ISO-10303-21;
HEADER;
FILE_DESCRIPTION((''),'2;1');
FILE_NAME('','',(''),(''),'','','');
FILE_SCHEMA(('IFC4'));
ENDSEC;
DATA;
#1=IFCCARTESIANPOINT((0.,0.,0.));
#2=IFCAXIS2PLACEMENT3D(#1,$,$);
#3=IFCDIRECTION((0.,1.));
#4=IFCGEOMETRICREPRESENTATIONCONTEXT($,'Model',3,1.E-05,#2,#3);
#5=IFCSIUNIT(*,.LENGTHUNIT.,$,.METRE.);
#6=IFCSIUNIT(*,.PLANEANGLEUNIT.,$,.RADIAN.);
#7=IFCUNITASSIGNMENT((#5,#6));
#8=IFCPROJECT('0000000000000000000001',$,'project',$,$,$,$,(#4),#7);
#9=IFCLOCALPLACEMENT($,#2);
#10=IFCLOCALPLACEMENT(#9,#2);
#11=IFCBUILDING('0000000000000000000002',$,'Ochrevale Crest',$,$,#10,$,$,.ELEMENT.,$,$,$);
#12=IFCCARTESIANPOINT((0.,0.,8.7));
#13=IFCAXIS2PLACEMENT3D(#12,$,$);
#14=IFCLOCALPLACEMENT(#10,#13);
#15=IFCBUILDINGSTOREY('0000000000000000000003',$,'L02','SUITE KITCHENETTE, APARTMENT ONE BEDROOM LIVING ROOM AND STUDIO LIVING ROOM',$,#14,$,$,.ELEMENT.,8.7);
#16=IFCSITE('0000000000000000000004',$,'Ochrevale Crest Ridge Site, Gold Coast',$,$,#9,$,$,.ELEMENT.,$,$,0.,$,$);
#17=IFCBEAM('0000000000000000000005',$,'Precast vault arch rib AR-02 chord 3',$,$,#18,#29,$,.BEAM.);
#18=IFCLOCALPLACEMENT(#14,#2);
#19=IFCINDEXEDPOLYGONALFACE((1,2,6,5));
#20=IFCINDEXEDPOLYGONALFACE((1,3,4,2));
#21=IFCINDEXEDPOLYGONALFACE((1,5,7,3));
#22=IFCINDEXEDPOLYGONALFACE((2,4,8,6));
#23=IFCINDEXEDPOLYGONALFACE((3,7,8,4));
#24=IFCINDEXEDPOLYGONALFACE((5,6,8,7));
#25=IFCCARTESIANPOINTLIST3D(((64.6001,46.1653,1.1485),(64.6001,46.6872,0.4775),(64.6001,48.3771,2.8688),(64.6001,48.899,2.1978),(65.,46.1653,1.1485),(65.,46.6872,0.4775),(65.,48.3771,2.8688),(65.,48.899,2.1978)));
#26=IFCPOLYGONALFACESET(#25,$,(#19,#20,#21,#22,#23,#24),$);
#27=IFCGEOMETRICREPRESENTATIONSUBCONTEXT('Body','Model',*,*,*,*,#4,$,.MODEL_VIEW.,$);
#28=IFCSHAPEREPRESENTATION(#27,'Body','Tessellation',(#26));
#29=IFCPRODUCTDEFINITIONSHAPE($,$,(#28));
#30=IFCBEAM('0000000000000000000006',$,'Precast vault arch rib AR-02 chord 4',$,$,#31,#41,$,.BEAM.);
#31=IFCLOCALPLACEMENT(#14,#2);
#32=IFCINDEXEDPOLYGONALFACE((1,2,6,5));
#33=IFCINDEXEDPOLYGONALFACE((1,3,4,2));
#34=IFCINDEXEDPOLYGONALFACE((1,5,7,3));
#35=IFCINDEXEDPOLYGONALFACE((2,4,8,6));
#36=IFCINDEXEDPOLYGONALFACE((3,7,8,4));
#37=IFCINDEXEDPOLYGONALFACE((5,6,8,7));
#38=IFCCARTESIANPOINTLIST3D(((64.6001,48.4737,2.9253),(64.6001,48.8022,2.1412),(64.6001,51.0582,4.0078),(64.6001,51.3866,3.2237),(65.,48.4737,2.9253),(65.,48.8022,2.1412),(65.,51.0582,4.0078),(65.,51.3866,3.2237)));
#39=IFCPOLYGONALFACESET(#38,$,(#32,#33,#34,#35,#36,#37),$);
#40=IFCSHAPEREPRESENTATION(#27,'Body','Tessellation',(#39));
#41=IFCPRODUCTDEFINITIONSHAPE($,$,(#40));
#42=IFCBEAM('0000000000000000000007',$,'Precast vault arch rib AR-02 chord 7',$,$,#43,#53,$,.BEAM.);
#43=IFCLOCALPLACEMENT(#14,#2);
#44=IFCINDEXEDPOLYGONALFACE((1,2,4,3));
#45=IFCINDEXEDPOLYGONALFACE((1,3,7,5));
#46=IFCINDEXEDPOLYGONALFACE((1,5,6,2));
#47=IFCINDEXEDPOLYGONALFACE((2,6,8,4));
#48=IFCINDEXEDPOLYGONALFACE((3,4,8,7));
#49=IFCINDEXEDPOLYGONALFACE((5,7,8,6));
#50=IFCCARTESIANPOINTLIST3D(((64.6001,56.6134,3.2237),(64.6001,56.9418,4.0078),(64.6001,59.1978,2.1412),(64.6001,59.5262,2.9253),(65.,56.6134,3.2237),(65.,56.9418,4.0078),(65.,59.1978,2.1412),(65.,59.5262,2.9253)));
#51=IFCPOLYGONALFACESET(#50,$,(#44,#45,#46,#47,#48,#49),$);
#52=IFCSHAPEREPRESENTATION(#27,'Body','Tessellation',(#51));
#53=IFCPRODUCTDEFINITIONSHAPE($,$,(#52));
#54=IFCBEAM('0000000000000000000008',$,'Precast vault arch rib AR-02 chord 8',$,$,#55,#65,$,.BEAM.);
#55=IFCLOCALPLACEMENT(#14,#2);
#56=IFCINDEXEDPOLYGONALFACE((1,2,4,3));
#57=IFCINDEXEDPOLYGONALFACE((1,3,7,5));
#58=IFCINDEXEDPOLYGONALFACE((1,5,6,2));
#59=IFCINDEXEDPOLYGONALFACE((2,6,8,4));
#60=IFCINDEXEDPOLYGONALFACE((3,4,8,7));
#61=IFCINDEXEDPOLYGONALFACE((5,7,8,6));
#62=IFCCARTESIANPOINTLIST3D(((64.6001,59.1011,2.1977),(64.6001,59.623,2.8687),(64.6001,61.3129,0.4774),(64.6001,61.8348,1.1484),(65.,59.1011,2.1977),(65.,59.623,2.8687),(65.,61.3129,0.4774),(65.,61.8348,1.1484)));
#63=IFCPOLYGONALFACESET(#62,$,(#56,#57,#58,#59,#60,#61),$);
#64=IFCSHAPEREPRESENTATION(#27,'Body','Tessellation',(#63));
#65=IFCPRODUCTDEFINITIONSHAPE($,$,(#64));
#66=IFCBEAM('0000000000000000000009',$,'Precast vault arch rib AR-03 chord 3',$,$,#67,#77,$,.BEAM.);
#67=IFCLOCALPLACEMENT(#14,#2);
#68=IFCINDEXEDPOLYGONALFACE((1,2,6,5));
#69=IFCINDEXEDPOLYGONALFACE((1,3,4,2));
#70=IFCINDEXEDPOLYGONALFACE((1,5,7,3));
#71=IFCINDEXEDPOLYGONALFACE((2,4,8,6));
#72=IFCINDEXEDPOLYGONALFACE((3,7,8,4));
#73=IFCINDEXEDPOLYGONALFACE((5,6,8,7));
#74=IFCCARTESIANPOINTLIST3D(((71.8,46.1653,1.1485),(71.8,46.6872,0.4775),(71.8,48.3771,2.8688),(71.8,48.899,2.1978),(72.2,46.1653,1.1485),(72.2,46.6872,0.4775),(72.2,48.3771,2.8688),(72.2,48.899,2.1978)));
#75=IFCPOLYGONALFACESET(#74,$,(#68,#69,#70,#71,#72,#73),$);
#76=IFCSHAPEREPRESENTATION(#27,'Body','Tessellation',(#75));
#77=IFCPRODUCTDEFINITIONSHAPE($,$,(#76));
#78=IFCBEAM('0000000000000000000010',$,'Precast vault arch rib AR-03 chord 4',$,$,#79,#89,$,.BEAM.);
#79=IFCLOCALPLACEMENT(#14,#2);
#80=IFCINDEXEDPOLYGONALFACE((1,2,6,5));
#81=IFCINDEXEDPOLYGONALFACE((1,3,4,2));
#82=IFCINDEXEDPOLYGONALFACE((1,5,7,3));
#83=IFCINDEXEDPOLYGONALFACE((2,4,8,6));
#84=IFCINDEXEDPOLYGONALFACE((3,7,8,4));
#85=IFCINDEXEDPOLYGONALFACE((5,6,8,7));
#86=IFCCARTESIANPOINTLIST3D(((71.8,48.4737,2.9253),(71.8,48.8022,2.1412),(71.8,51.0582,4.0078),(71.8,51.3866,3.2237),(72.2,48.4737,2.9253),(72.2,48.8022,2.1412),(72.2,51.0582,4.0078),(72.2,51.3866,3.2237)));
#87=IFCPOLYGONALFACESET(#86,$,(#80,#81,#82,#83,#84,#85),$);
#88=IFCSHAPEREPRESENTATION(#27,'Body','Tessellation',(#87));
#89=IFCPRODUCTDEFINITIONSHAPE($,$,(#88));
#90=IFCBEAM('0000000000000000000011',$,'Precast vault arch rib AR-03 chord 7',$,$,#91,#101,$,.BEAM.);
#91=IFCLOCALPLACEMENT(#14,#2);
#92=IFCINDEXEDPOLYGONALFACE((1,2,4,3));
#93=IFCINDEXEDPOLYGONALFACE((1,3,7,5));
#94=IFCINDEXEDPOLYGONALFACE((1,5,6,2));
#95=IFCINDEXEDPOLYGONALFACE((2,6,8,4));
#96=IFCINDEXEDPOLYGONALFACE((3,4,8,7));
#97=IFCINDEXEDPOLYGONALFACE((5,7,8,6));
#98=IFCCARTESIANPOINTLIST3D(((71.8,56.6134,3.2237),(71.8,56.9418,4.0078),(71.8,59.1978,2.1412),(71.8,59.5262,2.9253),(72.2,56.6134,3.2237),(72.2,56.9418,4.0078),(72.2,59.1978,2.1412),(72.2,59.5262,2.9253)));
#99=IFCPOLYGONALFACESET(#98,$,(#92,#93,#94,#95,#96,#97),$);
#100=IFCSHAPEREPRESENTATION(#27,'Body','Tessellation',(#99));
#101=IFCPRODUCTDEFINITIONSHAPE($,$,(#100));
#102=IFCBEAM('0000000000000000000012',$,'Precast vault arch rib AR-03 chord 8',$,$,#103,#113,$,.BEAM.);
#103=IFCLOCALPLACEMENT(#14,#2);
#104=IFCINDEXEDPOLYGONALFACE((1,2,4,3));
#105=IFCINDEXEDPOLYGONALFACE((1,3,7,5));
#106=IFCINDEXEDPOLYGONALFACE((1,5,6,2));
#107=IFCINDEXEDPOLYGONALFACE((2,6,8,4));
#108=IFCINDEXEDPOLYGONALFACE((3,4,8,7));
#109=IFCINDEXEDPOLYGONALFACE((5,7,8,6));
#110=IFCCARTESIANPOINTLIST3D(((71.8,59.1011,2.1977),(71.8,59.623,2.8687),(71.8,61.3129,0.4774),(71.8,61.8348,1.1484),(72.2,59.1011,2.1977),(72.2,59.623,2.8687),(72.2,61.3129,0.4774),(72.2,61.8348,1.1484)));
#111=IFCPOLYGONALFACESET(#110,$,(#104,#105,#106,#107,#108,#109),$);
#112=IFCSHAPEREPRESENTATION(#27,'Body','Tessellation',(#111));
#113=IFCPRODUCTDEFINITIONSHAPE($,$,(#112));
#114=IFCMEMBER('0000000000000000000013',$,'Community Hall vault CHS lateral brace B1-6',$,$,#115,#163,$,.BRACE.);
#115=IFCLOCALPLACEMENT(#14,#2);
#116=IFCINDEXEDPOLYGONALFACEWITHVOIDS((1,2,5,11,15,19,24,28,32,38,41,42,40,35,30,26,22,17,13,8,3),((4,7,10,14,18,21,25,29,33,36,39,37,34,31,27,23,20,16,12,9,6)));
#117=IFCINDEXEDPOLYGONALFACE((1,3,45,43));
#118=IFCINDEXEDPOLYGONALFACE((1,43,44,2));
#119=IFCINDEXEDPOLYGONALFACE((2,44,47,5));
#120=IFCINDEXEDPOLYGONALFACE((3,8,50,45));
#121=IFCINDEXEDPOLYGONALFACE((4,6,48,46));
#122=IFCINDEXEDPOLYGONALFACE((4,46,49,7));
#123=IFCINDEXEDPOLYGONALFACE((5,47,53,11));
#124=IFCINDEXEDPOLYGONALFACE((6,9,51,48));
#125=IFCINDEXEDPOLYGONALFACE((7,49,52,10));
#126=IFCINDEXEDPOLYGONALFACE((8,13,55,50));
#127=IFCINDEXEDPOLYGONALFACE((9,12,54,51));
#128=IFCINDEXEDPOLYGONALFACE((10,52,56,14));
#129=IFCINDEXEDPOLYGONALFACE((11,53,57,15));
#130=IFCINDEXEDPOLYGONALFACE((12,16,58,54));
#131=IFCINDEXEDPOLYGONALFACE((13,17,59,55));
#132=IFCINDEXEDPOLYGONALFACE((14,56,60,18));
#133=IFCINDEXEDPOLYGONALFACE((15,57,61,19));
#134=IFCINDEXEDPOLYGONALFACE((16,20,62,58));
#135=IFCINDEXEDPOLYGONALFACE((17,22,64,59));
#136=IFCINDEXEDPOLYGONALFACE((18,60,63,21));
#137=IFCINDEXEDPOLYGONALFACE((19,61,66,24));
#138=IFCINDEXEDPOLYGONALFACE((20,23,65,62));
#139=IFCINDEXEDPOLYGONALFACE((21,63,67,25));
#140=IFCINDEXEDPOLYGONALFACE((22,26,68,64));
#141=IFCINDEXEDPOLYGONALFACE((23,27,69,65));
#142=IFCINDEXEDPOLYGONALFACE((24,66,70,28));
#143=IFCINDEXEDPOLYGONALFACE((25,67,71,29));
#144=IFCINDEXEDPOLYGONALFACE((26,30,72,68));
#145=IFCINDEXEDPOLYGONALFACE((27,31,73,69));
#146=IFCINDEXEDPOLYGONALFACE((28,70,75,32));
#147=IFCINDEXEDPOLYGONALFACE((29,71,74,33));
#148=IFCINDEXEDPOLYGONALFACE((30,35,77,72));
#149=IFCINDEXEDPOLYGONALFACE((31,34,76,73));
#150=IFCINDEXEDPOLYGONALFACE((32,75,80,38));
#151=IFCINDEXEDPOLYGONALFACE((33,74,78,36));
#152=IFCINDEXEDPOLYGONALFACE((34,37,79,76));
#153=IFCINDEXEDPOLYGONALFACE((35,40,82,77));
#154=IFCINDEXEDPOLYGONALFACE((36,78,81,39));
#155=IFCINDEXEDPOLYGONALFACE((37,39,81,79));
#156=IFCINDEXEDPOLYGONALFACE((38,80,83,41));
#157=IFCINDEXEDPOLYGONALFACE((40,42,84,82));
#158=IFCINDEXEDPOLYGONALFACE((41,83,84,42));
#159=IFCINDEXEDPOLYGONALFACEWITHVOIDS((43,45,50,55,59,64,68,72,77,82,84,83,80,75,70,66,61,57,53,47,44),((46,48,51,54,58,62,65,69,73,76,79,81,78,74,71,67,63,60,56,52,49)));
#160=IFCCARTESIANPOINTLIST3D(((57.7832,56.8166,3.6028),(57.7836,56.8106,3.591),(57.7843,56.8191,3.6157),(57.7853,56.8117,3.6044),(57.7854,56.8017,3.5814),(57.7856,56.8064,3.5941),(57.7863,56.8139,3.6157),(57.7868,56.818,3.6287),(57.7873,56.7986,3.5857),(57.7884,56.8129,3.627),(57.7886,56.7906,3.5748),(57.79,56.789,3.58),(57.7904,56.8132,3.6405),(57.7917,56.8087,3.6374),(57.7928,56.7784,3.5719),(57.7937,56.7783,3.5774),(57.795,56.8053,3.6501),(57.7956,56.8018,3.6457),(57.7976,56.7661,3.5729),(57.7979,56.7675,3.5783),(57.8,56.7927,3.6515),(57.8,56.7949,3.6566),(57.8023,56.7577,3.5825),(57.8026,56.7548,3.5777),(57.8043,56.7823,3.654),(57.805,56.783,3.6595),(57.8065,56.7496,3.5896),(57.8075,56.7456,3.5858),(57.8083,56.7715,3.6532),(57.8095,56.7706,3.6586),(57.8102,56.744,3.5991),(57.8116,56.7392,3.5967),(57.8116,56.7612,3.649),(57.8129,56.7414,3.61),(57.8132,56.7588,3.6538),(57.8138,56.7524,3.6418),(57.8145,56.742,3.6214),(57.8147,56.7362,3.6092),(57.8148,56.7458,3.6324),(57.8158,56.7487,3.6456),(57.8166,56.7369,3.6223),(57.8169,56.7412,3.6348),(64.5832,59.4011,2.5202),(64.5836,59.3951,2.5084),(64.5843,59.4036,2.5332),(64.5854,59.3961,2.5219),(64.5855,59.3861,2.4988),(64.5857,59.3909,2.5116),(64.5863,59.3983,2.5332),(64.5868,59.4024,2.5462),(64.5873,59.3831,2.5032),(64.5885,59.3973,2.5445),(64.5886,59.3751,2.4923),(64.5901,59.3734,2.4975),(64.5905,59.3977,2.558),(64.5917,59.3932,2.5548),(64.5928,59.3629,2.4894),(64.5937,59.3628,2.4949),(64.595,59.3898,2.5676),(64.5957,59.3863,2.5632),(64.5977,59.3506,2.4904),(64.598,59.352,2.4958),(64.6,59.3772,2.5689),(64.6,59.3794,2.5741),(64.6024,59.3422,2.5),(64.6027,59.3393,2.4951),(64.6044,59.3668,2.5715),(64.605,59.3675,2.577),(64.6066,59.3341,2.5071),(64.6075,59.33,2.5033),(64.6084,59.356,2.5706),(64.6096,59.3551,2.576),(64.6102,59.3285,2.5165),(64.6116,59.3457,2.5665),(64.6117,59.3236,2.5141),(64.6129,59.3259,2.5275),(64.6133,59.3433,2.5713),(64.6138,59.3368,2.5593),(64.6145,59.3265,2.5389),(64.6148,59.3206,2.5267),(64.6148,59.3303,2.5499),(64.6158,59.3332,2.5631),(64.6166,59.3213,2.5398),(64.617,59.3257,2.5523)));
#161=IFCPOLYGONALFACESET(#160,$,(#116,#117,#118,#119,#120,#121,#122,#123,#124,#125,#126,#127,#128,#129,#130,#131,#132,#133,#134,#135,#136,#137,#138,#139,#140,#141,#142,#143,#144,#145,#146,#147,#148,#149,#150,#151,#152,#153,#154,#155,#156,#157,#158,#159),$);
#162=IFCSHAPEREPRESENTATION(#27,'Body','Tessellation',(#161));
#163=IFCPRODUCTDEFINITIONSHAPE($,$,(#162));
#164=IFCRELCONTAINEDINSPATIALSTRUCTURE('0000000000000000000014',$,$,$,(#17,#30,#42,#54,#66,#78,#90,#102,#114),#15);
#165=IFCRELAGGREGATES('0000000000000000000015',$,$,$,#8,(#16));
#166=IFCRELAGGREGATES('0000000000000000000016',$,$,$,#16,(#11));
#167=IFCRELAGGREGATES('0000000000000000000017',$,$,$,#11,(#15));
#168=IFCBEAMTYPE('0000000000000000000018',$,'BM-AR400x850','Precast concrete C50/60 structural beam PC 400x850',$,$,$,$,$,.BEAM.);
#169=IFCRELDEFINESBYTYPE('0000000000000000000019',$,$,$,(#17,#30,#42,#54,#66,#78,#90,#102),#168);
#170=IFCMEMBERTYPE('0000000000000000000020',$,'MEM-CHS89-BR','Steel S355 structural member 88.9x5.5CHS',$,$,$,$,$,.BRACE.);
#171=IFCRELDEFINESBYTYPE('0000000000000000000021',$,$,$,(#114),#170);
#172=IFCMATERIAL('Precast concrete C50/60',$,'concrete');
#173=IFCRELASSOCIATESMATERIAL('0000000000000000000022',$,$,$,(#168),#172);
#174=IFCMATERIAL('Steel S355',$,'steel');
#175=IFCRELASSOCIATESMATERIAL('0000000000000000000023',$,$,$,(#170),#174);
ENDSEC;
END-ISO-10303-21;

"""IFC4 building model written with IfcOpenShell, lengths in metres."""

from ifc_helpers import new_model, si_unit, direction, frame, origin, origin_2d, place, context, subcontext, project, spatial, rectangle, hollow_circle, extrude, material, material_profile, profile_set, type_object, element, save


model = new_model("IFC4")

# Units and contexts
model_context = context("Model", 3, precision=1e-05, world=origin(), true_north=direction((0.0, 1.0)))
body_context = subcontext(model_context, "Body", "Model", "MODEL_VIEW")
ifc_project = project(units=[si_unit("LENGTHUNIT", "METRE"), si_unit("PLANEANGLEUNIT", "RADIAN")], contexts=[model_context])

# Site, building, storey
site_placement = place(None, origin())
site = spatial("IfcSite", under=ifc_project, at=site_placement, Name="Ochrevale Crest Ridge Site, Gold Coast", CompositionType="ELEMENT", RefElevation=0.0)
building_placement = place(site_placement, origin())
building = spatial("IfcBuilding", under=site, at=building_placement, Name="Ochrevale Crest", CompositionType="ELEMENT")
storey_placement = place(building_placement, frame((0.0, 0.0, 8.7)))
storey = spatial("IfcBuildingStorey", under=building, at=storey_placement, Name="L02", Description="SUITE KITCHENETTE, APARTMENT ONE BEDROOM LIVING ROOM AND STUDIO LIVING ROOM", CompositionType="ELEMENT", Elevation=8.7)

# Beams
ifc_material_1 = material(Name="Precast concrete C50/60", Category="concrete")
ifc_material_profile_1 = material_profile(ifc_material_1, rectangle(XDim=0.3999, YDim=0.8501, at=origin_2d()), Name="PC 400x850")
ifc_profile_set_1 = profile_set([ifc_material_profile_1], Name="Precast concrete C50/60")
beam_type = type_object("IfcBeamType", Name="BM-AR400x850", Description="Precast concrete C50/60 structural beam PC 400x850", PredefinedType="BEAM", material=ifc_profile_set_1)
for number, where, z_axis, x_axis, name in (
    (1, (64.8, 46.4263, 0.813), (0.0, 0.789348, 0.613947), (-1.0, 0.0, 0.0), "Precast vault arch rib AR-02 chord 3"),
    (2, (64.8, 48.6379, 2.5332), (0.0, 0.922359, 0.386335), (-1.0, 0.0, 0.0), "Precast vault arch rib AR-02 chord 4"),
    (3, (64.8, 56.7776, 3.6157), (0.0, 0.922359, -0.386335), (-1.0, 0.0, 0.0), "Precast vault arch rib AR-02 chord 7"),
    (4, (64.8, 59.3621, 2.5332), (0.0, 0.789348, -0.613947), (-1.0, 0.0, 0.0), "Precast vault arch rib AR-02 chord 8"),
    (5, (72.0, 46.4263, 0.813), (0.0, 0.789348, 0.613947), (-1.0, 0.0, 0.0), "Precast vault arch rib AR-03 chord 3"),
    (6, (72.0, 48.6379, 2.5332), (0.0, 0.922359, 0.386335), (-1.0, 0.0, 0.0), "Precast vault arch rib AR-03 chord 4"),
    (7, (72.0, 56.7776, 3.6157), (0.0, 0.922359, -0.386335), (-1.0, 0.0, 0.0), "Precast vault arch rib AR-03 chord 7"),
    (8, (72.0, 59.3621, 2.5332), (0.0, 0.789348, -0.613947), (-1.0, 0.0, 0.0), "Precast vault arch rib AR-03 chord 8"),
):
    element("IfcBeam", number, at=place(storey_placement, frame(where, z_axis=z_axis, x_axis=x_axis)), inside=storey, type_object=beam_type, Name=name, PredefinedType="BEAM", context=body_context, shape_type="SweptSolid", body=[
        extrude(rectangle(XDim=0.3999, YDim=0.8501, at=origin_2d()), origin(), (0.0, 0.0, 1.0), 2.802),
    ])

# Member
ifc_material_2 = material(Name="Steel S355", Category="steel")
ifc_material_profile_2 = material_profile(ifc_material_2, hollow_circle(Radius=0.0444, WallThickness=0.0056, at=origin_2d()), Name="88.9x5.5CHS")
ifc_profile_set_2 = profile_set([ifc_material_profile_2], Name="Steel S355")
member_type_1 = type_object("IfcMemberType", Name="MEM-CHS89-BR", Description="Steel S355 structural member 88.9x5.5CHS", PredefinedType="BRACE", material=ifc_profile_set_2)
member_placement = place(storey_placement, frame((57.8, 56.7776, 3.6157), z_axis=(0.924582, 0.351403, -0.147187), x_axis=(-0.355272, 0.934763, 0.0)))
element("IfcMember", 9, at=member_placement, inside=storey, type_object=member_type_1, Name="Community Hall vault CHS lateral brace B1-6", PredefinedType="BRACE", context=body_context, shape_type="SweptSolid", body=[
    extrude(hollow_circle(Radius=0.0444, WallThickness=0.0056, at=origin_2d()), origin(), (0.0, 0.0, 1.0), 7.3547),
])

save(model, "model.ifc")
